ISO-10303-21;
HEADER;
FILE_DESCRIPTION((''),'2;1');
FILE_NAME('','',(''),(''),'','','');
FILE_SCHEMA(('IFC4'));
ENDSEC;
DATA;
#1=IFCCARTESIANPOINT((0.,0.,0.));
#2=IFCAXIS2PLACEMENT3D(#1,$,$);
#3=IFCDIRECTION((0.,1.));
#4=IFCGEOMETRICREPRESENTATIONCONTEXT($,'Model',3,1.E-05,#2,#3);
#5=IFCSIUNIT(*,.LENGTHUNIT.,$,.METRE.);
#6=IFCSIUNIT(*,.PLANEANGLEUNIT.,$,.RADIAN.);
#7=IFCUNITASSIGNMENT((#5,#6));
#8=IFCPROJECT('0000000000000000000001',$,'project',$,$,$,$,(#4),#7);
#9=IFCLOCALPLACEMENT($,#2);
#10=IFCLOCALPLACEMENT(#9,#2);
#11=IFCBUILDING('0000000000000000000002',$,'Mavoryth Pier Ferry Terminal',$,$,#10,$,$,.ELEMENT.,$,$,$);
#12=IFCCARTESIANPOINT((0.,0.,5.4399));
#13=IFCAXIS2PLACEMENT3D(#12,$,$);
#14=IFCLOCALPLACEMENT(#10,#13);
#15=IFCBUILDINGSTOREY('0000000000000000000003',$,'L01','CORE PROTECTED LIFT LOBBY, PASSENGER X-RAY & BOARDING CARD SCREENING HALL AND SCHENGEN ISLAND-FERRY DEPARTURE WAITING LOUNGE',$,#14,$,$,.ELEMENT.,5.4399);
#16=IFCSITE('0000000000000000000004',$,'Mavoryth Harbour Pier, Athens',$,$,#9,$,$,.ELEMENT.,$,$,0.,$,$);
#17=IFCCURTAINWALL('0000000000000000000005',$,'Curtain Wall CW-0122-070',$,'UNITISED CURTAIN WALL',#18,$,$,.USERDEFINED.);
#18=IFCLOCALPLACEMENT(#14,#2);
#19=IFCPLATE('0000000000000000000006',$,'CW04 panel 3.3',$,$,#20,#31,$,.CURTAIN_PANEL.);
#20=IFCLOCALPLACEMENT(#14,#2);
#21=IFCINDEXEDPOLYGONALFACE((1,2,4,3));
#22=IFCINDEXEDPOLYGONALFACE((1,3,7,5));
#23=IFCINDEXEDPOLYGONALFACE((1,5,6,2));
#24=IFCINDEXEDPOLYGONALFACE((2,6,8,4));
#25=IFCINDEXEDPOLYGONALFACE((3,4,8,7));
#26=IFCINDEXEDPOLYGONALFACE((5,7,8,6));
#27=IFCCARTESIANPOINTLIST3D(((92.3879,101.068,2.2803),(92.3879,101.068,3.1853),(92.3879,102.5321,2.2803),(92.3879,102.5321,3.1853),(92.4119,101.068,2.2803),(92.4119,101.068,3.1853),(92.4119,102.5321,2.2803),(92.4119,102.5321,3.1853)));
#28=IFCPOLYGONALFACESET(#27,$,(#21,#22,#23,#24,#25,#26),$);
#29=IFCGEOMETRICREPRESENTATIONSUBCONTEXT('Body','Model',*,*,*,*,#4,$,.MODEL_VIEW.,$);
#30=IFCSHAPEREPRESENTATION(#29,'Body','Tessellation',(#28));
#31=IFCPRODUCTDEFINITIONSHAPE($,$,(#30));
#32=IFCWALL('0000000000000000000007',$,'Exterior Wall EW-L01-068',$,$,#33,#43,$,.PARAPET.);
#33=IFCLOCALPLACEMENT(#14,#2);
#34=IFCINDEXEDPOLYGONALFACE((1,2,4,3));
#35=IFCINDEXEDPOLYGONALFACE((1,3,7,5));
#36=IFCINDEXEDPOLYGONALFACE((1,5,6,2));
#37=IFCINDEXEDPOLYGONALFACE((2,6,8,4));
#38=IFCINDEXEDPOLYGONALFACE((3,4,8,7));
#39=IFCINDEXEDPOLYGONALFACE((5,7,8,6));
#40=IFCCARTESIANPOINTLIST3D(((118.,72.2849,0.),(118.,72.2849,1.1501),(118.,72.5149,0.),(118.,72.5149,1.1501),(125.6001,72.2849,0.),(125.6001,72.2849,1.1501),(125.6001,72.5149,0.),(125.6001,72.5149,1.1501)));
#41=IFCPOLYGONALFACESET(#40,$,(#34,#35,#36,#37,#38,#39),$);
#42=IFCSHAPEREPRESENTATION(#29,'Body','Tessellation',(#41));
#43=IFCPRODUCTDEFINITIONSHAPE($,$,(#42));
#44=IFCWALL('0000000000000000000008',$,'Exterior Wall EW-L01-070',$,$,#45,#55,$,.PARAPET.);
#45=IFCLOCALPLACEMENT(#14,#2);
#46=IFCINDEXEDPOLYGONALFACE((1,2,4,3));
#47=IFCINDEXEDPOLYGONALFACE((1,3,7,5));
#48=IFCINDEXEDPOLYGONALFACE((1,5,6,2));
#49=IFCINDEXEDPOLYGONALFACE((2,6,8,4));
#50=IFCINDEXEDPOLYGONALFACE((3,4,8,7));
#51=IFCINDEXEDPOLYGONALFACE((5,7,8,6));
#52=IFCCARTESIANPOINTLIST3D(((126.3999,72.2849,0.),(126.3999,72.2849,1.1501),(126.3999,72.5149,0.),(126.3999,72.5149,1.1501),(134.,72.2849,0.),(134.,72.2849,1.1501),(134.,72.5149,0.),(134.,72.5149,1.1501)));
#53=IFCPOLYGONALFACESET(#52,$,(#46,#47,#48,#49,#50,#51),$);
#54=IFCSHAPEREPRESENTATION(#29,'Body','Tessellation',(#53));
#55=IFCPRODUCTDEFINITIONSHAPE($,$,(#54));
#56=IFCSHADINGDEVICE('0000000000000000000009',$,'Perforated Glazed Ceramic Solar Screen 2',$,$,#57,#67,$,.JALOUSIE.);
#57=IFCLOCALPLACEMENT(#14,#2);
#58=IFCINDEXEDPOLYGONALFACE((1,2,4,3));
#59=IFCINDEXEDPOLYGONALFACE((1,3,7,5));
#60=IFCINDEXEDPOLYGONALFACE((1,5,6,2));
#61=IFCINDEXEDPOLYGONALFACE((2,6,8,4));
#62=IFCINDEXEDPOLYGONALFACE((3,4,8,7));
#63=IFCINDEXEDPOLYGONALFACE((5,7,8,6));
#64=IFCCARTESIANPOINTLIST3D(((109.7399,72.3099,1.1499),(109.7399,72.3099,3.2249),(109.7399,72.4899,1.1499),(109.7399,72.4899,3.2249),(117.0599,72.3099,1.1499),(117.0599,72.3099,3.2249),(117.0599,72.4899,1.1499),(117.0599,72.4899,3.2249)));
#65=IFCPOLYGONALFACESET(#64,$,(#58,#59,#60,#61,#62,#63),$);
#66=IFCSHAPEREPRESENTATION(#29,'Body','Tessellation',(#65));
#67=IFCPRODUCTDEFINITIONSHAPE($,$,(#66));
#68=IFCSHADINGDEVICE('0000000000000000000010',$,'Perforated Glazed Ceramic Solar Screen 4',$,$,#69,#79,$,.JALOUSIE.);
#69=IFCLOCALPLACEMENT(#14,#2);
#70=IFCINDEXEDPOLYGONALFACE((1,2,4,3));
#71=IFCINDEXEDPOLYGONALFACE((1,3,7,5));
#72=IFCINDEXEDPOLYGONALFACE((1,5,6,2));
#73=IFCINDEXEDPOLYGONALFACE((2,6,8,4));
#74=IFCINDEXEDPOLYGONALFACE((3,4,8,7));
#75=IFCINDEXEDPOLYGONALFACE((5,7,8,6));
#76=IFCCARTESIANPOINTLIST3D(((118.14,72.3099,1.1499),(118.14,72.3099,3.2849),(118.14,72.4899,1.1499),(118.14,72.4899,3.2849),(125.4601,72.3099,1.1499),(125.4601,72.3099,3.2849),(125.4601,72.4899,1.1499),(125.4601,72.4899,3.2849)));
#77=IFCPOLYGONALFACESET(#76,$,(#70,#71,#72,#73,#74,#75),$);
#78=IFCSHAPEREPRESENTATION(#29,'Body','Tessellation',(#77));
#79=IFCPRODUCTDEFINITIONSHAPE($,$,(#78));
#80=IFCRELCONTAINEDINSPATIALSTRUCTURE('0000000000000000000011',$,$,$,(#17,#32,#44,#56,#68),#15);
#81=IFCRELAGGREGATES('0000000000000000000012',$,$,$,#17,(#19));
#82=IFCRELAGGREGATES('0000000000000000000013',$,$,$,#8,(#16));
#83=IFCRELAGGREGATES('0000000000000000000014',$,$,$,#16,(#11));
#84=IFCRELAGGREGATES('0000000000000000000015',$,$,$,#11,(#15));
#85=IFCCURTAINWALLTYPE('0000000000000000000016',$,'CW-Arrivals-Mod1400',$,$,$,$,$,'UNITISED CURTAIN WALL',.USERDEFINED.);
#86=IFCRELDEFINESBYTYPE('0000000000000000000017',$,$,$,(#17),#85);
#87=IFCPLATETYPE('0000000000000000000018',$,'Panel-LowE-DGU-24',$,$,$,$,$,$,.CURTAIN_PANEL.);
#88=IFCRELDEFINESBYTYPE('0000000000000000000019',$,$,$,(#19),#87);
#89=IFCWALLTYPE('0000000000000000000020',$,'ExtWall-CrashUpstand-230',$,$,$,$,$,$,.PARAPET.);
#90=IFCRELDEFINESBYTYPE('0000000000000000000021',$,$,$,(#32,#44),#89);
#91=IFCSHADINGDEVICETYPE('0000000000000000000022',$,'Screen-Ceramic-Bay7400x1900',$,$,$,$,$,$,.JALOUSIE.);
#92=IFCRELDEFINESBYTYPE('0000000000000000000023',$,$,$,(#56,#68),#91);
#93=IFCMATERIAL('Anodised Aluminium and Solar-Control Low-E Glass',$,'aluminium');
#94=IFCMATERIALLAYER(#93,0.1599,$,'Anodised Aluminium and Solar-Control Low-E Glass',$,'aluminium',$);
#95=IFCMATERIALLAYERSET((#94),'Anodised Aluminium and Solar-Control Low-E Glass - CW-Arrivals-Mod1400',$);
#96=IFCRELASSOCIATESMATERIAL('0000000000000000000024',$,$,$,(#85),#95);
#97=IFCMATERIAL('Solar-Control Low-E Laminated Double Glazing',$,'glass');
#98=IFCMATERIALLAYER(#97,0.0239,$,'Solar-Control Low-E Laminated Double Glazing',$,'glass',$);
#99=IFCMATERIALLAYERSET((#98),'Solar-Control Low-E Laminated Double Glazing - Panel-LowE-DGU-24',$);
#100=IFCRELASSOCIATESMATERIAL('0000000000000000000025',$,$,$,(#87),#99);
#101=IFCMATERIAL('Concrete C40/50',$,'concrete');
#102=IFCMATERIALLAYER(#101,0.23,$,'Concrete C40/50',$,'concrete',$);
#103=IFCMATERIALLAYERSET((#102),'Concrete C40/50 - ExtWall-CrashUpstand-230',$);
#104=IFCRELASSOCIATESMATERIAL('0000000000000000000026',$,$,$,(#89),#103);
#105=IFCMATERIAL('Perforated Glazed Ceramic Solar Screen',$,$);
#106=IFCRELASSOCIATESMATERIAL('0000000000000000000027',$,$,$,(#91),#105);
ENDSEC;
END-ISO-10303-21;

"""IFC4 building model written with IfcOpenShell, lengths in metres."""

from ifc_helpers import new_model, si_unit, direction, frame, frame_2d, origin, origin_2d, place, context, subcontext, project, spatial, rectangle, extrude, material, layer, layer_set, type_object, element, aggregate, save


model = new_model("IFC4")

# Units and contexts
model_context = context("Model", 3, precision=1e-05, world=origin(), true_north=direction((0.0, 1.0)))
body_context = subcontext(model_context, "Body", "Model", "MODEL_VIEW")
ifc_project = project(units=[si_unit("LENGTHUNIT", "METRE"), si_unit("PLANEANGLEUNIT", "RADIAN")], contexts=[model_context])

# Site, building, storey
site_placement = place(None, origin())
site = spatial("IfcSite", under=ifc_project, at=site_placement, Name="Mavoryth Harbour Pier, Athens", CompositionType="ELEMENT", RefElevation=0.0)
building_placement = place(site_placement, origin())
building = spatial("IfcBuilding", under=site, at=building_placement, Name="Mavoryth Pier Ferry Terminal", CompositionType="ELEMENT")
storey_placement = place(building_placement, frame((0.0, 0.0, 5.4399)))
storey = spatial("IfcBuildingStorey", under=building, at=storey_placement, Name="L01", Description="CORE PROTECTED LIFT LOBBY, PASSENGER X-RAY & BOARDING CARD SCREENING HALL AND SCHENGEN ISLAND-FERRY DEPARTURE WAITING LOUNGE", CompositionType="ELEMENT", Elevation=5.4399)

# Shared definitions
ifc_material_1 = material(Name="Concrete C40/50", Category="concrete")

# Shared definitions
ifc_material_2 = material(Name="Anodised Aluminium and Solar-Control Low-E Glass", Category="aluminium")
ifc_layer_1 = layer(ifc_material_2, 0.1599, Name="Anodised Aluminium and Solar-Control Low-E Glass", Category="aluminium")
ifc_layer_set_1 = layer_set([ifc_layer_1], Name="Anodised Aluminium and Solar-Control Low-E Glass - CW-Arrivals-Mod1400")
curtain_wall_type = type_object("IfcCurtainWallType", Name="CW-Arrivals-Mod1400", ElementType="UNITISED CURTAIN WALL", PredefinedType="USERDEFINED", material=ifc_layer_set_1)

# Curtain wall
curtain_wall_1_placement = place(storey_placement, origin())
curtain_wall_1 = element("IfcCurtainWall", 1, at=curtain_wall_1_placement, inside=storey, type_object=curtain_wall_type, Name="Curtain Wall CW-0122-070", ObjectType="UNITISED CURTAIN WALL", PredefinedType="USERDEFINED")

# Plate
ifc_material_3 = material(Name="Solar-Control Low-E Laminated Double Glazing", Category="glass")
ifc_layer_2 = layer(ifc_material_3, 0.0239, Name="Solar-Control Low-E Laminated Double Glazing", Category="glass")
ifc_layer_set_2 = layer_set([ifc_layer_2], Name="Solar-Control Low-E Laminated Double Glazing - Panel-LowE-DGU-24")
plate_type = type_object("IfcPlateType", Name="Panel-LowE-DGU-24", PredefinedType="CURTAIN_PANEL", material=ifc_layer_set_2)
plate_1_placement = place(storey_placement, frame((92.3999, 101.8, 2.2803), z_axis=(0.0, 0.0, 1.0), x_axis=(0.0, 1.0, 0.0)))
plate_1 = element("IfcPlate", 2, at=plate_1_placement, type_object=plate_type, Name="CW04 panel 3.3", PredefinedType="CURTAIN_PANEL", context=body_context, shape_type="SweptSolid", body=[
    extrude(rectangle(XDim=1.4641, YDim=0.0239, at=origin_2d()), origin(), (0.0, 0.0, 1.0), 0.905),
])
aggregate(curtain_wall_1, [plate_1])

# Walls
ifc_layer_3 = layer(ifc_material_1, 0.23, Name="Concrete C40/50", Category="concrete")
ifc_layer_set_3 = layer_set([ifc_layer_3], Name="Concrete C40/50 - ExtWall-CrashUpstand-230")
wall_type = type_object("IfcWallType", Name="ExtWall-CrashUpstand-230", PredefinedType="PARAPET", material=ifc_layer_set_3)
for number, where, z_axis, x_axis, name in (
    (3, (118.0, 72.3999, 0.0), (0.0, 0.0, 1.0), (1.0, 0.0, 0.0), "Exterior Wall EW-L01-068"),
    (4, (126.3999, 72.3999, 0.0), (0.0, 0.0, 1.0), (1.0, 0.0, 0.0), "Exterior Wall EW-L01-070"),
):
    element("IfcWall", number, at=place(storey_placement, frame(where, z_axis=z_axis, x_axis=x_axis)), inside=storey, type_object=wall_type, Name=name, PredefinedType="PARAPET", context=body_context, shape_type="SweptSolid", body=[
        extrude(rectangle(XDim=7.6001, YDim=0.23, at=frame_2d((3.8, 0.0))), origin(), (0.0, 0.0, 1.0), 1.1501),
    ])

# Shading devices
ifc_material_4 = material(Name="Perforated Glazed Ceramic Solar Screen")
shading_device_type = type_object("IfcShadingDeviceType", Name="Screen-Ceramic-Bay7400x1900", PredefinedType="JALOUSIE", material=ifc_material_4)
shading_device_1_placement = place(storey_placement, frame((113.3999, 72.3999, 1.1499), z_axis=(0.0, 0.0, 1.0), x_axis=(1.0, 0.0, 0.0)))
element("IfcShadingDevice", 5, at=shading_device_1_placement, inside=storey, type_object=shading_device_type, Name="Perforated Glazed Ceramic Solar Screen 2", PredefinedType="JALOUSIE", context=body_context, shape_type="SweptSolid", body=[
    extrude(rectangle(XDim=7.3201, YDim=0.1799, at=origin_2d()), origin(), (0.0, 0.0, 1.0), 2.075),
])
shading_device_2_placement = place(storey_placement, frame((121.8, 72.3999, 1.1499), z_axis=(0.0, 0.0, 1.0), x_axis=(1.0, 0.0, 0.0)))
element("IfcShadingDevice", 6, at=shading_device_2_placement, inside=storey, type_object=shading_device_type, Name="Perforated Glazed Ceramic Solar Screen 4", PredefinedType="JALOUSIE", context=body_context, shape_type="SweptSolid", body=[
    extrude(rectangle(XDim=7.3201, YDim=0.1799, at=origin_2d()), origin(), (0.0, 0.0, 1.0), 2.135),
])

save(model, "model.ifc")
